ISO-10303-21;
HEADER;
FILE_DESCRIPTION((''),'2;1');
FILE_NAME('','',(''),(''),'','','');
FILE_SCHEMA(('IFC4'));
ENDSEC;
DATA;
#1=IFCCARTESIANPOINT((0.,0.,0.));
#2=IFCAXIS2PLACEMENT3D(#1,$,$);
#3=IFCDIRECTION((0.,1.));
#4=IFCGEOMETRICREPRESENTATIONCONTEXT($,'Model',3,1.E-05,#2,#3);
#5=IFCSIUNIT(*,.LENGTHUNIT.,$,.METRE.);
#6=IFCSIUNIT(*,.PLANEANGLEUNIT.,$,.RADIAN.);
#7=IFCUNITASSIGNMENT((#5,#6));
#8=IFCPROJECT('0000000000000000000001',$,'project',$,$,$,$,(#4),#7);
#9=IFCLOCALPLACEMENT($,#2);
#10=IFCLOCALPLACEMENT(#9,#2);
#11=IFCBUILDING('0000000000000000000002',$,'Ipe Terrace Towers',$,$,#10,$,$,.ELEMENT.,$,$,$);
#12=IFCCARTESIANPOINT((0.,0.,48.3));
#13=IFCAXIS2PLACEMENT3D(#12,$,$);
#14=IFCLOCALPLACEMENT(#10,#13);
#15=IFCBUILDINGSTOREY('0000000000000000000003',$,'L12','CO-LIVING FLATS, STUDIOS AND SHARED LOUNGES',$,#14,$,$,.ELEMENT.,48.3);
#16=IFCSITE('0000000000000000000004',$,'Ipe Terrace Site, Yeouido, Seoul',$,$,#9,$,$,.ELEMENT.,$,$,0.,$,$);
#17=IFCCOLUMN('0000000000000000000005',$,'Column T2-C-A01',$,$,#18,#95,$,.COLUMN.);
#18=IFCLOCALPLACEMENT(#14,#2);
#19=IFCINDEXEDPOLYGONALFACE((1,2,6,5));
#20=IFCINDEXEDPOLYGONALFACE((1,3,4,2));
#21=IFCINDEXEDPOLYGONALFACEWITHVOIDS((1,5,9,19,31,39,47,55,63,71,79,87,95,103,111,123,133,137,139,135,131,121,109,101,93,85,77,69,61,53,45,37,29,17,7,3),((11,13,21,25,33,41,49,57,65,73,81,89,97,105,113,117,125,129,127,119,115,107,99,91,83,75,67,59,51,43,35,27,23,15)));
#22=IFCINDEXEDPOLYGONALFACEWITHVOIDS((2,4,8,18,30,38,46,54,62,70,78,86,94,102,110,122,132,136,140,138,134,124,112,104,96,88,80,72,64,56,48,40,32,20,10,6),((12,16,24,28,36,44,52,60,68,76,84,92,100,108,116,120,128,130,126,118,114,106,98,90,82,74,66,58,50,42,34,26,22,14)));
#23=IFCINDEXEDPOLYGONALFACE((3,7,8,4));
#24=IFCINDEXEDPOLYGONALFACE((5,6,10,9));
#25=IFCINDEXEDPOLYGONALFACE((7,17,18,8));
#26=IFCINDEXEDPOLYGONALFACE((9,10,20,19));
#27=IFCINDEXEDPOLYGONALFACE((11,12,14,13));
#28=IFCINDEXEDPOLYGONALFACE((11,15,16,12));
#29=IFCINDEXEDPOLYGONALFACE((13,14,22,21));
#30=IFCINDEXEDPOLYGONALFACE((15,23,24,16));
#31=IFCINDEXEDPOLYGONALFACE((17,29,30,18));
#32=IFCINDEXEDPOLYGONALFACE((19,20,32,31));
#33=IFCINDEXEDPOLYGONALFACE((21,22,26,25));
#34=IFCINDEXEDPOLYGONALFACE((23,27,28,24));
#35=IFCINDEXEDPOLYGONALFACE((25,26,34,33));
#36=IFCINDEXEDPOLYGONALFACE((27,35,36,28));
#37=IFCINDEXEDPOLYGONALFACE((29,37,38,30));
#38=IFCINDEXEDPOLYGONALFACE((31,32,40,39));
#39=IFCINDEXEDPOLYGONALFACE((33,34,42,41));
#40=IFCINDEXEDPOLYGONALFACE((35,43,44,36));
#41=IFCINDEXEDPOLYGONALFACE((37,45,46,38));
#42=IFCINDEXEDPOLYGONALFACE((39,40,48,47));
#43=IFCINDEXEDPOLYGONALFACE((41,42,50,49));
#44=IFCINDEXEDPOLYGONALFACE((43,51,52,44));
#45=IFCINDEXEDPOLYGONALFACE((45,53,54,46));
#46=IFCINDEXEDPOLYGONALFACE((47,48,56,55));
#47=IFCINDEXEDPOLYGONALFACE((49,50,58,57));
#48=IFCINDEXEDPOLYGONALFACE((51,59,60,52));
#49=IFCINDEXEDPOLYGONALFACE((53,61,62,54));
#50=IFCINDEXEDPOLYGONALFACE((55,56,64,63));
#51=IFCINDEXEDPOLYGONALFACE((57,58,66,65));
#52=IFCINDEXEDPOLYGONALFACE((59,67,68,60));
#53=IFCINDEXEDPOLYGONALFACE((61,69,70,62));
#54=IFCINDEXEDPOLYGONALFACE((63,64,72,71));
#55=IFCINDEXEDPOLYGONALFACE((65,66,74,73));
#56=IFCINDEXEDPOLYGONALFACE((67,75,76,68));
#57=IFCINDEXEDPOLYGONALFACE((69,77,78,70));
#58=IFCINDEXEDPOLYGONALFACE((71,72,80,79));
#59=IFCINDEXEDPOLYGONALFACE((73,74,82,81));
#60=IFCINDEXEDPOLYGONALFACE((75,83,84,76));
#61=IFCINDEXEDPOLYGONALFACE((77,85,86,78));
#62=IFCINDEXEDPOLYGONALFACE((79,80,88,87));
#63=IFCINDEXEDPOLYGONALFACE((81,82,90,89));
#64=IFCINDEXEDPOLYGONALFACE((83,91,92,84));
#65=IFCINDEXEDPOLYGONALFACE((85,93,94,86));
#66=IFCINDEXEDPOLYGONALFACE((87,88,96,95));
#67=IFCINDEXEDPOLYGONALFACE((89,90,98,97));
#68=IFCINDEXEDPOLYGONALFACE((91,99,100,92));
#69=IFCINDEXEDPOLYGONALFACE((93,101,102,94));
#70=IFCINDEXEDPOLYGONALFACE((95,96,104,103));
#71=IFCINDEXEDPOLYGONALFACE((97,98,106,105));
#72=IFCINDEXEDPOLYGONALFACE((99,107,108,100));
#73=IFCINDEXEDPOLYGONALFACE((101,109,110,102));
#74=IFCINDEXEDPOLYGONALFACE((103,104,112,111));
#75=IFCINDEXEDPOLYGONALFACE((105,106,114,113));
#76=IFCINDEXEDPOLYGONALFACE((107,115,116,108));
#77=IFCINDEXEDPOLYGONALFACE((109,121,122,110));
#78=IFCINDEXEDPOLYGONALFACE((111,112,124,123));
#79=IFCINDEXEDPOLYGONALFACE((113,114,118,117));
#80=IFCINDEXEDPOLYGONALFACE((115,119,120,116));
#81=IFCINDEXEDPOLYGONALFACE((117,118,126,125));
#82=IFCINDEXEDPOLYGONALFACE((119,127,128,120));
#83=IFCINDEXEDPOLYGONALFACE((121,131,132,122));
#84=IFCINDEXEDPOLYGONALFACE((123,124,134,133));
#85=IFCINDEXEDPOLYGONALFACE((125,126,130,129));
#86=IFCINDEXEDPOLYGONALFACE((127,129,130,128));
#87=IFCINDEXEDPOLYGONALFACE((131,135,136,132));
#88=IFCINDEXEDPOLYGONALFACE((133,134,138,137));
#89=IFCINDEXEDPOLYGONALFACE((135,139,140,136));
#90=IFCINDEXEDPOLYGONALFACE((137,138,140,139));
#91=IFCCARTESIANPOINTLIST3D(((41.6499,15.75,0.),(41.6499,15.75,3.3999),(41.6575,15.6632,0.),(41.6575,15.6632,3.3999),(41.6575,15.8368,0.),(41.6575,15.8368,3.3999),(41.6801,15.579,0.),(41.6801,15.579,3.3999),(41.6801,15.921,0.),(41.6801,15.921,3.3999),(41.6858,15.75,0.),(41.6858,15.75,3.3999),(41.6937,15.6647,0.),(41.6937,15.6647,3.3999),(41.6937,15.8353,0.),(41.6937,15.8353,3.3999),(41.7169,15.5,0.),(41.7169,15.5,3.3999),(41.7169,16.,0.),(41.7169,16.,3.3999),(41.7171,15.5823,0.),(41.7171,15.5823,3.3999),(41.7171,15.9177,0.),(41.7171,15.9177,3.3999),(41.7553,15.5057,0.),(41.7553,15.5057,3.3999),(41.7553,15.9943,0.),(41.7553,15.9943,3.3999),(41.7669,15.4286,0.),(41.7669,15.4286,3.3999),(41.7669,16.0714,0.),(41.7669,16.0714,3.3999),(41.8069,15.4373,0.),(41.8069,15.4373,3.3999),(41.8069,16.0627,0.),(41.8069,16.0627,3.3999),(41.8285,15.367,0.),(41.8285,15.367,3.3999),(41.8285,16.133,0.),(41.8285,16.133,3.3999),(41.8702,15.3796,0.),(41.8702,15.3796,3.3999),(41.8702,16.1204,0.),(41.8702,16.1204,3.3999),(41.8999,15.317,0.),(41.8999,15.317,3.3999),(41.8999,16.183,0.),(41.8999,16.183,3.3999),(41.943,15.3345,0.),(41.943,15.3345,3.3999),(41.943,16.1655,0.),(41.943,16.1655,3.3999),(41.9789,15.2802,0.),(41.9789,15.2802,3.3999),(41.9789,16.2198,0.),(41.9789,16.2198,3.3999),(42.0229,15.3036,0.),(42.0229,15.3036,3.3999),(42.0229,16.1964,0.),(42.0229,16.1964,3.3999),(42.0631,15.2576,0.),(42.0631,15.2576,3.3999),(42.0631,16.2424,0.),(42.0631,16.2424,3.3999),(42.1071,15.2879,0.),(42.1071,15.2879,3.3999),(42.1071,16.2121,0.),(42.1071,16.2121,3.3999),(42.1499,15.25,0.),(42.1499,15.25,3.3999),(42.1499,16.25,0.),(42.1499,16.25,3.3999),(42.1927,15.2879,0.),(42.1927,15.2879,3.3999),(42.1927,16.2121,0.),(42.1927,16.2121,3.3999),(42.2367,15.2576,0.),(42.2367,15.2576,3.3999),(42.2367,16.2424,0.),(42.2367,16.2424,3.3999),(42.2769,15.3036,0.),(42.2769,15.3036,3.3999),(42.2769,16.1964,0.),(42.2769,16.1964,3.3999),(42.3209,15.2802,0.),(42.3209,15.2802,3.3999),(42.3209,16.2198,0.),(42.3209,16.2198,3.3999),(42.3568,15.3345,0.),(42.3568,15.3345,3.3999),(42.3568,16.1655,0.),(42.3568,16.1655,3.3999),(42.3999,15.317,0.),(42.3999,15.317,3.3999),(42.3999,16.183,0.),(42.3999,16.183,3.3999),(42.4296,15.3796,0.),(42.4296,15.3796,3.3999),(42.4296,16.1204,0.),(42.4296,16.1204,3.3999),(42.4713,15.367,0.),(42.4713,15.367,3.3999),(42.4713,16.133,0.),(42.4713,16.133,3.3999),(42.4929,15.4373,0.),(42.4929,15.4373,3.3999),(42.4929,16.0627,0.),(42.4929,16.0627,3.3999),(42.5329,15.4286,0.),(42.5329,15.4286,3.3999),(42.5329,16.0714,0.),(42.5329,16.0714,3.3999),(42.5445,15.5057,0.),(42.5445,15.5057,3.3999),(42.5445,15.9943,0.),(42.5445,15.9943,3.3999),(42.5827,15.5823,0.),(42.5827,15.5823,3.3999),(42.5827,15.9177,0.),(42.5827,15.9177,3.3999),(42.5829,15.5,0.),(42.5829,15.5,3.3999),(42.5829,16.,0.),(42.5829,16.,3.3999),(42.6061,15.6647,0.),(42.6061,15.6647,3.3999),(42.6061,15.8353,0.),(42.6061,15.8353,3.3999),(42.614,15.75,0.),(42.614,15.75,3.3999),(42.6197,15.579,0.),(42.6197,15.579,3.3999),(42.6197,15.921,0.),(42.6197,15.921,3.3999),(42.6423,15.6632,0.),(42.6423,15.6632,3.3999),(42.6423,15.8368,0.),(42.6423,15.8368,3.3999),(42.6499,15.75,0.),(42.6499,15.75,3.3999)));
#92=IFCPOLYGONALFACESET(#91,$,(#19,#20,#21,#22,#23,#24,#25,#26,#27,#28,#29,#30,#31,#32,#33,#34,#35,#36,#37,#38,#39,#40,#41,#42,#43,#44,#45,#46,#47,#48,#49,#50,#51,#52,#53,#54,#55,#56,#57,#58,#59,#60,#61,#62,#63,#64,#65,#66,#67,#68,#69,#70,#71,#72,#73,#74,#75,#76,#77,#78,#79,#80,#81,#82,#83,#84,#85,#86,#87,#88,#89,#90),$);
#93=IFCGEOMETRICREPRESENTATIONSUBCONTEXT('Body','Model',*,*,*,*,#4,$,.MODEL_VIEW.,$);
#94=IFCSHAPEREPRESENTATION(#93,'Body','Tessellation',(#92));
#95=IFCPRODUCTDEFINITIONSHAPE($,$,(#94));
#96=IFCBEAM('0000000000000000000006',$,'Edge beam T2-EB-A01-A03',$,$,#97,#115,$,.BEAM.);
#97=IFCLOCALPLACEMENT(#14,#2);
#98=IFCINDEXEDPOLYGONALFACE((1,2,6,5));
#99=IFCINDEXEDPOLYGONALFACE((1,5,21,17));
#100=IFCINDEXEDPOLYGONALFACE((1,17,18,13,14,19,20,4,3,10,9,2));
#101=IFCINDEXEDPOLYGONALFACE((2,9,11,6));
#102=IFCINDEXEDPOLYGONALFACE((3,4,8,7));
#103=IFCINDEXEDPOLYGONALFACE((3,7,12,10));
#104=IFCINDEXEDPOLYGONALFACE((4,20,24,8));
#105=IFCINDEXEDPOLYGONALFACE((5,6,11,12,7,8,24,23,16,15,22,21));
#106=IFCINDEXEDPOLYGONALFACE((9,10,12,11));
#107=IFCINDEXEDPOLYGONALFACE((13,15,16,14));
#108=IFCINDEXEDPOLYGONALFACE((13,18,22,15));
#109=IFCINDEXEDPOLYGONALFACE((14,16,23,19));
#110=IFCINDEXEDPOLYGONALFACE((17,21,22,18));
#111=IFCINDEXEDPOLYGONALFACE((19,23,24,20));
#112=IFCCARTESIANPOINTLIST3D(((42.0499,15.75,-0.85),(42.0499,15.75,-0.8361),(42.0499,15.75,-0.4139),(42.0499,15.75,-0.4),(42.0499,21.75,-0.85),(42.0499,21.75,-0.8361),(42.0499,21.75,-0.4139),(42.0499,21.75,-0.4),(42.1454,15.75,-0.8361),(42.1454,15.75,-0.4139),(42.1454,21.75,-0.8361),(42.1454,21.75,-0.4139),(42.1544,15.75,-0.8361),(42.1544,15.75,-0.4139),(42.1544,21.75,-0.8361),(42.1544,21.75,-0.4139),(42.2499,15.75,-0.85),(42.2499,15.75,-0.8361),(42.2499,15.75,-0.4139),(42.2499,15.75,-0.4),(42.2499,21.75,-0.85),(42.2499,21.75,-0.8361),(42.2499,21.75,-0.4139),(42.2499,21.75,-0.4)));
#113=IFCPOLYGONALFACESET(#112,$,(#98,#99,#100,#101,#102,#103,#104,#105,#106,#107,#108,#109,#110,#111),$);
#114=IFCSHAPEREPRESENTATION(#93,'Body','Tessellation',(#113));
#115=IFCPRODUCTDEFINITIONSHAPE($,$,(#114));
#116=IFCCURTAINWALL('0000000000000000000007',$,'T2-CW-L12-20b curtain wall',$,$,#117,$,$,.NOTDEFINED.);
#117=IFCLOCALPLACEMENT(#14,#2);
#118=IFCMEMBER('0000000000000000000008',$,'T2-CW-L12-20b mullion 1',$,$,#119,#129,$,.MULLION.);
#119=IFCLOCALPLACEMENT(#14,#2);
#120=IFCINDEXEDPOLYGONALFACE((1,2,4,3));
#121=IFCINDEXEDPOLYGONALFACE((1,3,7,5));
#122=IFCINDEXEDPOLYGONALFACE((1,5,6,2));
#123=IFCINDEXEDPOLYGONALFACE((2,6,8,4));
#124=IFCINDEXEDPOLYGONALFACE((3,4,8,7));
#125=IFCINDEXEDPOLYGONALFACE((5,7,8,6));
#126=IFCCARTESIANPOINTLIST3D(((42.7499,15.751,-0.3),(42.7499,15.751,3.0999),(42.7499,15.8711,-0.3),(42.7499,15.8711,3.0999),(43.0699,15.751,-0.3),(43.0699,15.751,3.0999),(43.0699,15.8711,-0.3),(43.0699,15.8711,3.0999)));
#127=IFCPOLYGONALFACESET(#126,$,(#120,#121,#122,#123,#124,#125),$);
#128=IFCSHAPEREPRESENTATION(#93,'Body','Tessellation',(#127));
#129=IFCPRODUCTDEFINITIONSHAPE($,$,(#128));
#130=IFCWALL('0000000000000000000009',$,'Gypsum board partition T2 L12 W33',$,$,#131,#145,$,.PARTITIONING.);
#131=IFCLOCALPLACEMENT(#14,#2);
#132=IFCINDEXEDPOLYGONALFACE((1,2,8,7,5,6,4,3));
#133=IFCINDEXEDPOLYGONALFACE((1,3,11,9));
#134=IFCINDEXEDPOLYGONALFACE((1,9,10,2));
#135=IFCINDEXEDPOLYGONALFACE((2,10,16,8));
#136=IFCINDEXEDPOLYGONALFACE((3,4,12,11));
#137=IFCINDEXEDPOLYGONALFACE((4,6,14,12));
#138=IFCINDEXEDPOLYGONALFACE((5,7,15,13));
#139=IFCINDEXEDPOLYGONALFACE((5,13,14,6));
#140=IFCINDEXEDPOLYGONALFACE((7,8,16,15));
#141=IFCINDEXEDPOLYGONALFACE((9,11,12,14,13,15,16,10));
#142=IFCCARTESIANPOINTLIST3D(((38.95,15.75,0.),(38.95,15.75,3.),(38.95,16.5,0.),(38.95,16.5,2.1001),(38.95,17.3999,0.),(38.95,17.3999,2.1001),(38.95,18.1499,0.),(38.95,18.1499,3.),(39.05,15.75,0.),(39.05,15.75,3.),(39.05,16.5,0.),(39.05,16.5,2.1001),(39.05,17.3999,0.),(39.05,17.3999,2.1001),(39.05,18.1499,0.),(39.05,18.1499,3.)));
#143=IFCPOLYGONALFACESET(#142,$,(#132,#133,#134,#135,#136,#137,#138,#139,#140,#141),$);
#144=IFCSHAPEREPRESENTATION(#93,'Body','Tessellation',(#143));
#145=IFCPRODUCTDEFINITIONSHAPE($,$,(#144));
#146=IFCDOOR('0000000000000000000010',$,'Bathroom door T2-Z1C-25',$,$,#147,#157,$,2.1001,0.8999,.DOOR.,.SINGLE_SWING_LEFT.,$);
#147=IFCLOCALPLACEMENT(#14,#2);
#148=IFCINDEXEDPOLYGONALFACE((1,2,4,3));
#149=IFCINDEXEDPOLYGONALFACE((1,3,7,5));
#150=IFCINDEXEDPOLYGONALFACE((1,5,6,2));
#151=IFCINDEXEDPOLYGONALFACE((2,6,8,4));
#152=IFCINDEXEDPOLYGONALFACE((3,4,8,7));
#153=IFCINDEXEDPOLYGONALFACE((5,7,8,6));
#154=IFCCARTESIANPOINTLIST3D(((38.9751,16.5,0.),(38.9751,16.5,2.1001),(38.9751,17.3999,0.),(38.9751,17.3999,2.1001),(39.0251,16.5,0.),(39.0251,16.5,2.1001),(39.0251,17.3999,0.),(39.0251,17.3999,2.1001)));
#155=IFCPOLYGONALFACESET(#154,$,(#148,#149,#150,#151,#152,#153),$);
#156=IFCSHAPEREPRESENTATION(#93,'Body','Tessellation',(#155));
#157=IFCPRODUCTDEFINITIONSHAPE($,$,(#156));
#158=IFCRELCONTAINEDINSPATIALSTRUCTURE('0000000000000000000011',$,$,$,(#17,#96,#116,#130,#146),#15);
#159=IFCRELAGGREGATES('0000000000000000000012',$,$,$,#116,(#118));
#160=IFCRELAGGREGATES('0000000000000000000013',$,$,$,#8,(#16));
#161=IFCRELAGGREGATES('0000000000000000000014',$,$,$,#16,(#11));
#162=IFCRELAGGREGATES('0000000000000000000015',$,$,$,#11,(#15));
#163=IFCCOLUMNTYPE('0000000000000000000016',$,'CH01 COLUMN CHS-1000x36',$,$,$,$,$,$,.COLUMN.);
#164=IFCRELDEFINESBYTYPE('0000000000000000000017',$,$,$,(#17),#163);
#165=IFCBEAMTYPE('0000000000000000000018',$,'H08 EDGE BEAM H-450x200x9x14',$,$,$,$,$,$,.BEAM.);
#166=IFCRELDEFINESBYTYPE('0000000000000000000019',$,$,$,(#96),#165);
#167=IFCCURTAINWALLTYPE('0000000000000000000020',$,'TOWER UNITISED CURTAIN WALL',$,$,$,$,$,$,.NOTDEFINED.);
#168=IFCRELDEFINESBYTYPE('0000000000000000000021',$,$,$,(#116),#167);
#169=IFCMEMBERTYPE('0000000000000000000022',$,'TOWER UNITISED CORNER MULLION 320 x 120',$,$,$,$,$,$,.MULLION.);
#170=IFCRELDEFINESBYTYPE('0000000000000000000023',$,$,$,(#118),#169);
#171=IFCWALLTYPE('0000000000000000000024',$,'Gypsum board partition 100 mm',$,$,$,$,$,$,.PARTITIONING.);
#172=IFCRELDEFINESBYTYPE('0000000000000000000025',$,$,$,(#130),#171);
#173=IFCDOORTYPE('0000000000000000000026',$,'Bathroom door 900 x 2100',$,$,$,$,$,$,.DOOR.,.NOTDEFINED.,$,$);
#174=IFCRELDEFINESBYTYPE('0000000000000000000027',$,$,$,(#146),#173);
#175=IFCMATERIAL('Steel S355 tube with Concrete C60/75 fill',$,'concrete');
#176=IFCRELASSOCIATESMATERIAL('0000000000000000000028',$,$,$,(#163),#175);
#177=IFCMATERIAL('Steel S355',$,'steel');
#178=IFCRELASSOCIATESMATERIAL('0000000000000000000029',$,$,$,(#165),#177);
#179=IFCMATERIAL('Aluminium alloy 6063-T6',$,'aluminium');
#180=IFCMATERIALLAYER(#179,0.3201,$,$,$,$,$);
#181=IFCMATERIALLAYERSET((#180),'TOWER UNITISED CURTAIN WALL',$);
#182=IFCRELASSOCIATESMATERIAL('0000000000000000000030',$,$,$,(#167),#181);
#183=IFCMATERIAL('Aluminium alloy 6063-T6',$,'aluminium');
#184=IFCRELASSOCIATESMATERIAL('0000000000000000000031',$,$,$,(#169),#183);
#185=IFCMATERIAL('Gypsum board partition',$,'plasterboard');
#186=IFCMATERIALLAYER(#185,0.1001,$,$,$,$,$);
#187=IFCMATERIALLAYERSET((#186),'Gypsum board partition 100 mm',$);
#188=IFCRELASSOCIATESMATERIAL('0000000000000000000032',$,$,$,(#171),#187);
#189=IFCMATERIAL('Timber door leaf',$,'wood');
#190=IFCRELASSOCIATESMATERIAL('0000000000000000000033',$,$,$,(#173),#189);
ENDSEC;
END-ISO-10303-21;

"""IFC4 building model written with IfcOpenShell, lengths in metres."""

from ifc_helpers import new_model, si_unit, direction, frame, frame_2d, origin, origin_2d, place, context, subcontext, project, spatial, rectangle, hollow_circle, i_section, extrude, material, layer, layer_set, material_profile, profile_set, type_object, element, fill, aggregate, save


model = new_model("IFC4")

# Units and contexts
model_context = context("Model", 3, precision=1e-05, world=origin(), true_north=direction((0.0, 1.0)))
body_context = subcontext(model_context, "Body", "Model", "MODEL_VIEW")
ifc_project = project(units=[si_unit("LENGTHUNIT", "METRE"), si_unit("PLANEANGLEUNIT", "RADIAN")], contexts=[model_context])

# Site, building, storey
site_placement = place(None, origin())
site = spatial("IfcSite", under=ifc_project, at=site_placement, Name="Ipe Terrace Site, Yeouido, Seoul", CompositionType="ELEMENT", RefElevation=0.0)
building_placement = place(site_placement, origin())
building = spatial("IfcBuilding", under=site, at=building_placement, Name="Ipe Terrace Towers", CompositionType="ELEMENT")
storey_placement = place(building_placement, frame((0.0, 0.0, 48.3)))
storey = spatial("IfcBuildingStorey", under=building, at=storey_placement, Name="L12", Description="CO-LIVING FLATS, STUDIOS AND SHARED LOUNGES", CompositionType="ELEMENT", Elevation=48.3)

# Column
ifc_material_1 = material(Name="Steel S355 tube with Concrete C60/75 fill", Category="concrete")
ifc_material_profile_1 = material_profile(ifc_material_1, hollow_circle(Radius=0.5, WallThickness=0.0359, at=origin_2d()), Name="CHS-1000x36")
ifc_profile_set_1 = profile_set([ifc_material_profile_1], Name="Steel S355 tube with Concrete C60/75 fill")
column_type = type_object("IfcColumnType", Name="CH01 COLUMN CHS-1000x36", PredefinedType="COLUMN", material=ifc_profile_set_1)
column_placement = place(storey_placement, frame((42.1499, 15.75, 0.0), z_axis=(0.0, 0.0, 1.0), x_axis=(1.0, 0.0, 0.0)))
element("IfcColumn", 1, at=column_placement, inside=storey, type_object=column_type, Name="Column T2-C-A01", PredefinedType="COLUMN", context=body_context, shape_type="SweptSolid", body=[
    extrude(hollow_circle(Radius=0.5, WallThickness=0.0359, at=origin_2d()), origin(), (0.0, 0.0, 1.0), 3.3999),
])

# Beam
ifc_material_2 = material(Name="Steel S355", Category="steel")
ifc_material_profile_2 = material_profile(ifc_material_2, i_section(OverallWidth=0.2, OverallDepth=0.45, WebThickness=0.009, FlangeThickness=0.0139, at=origin_2d()), Name="H-450x200x9x14")
ifc_profile_set_2 = profile_set([ifc_material_profile_2], Name="Steel S355")
beam_type = type_object("IfcBeamType", Name="H08 EDGE BEAM H-450x200x9x14", PredefinedType="BEAM", material=ifc_profile_set_2)
beam_placement = place(storey_placement, frame((42.1499, 15.75, -0.625), z_axis=(0.0, 1.0, 0.0), x_axis=(-1.0, 0.0, 0.0)))
element("IfcBeam", 2, at=beam_placement, inside=storey, type_object=beam_type, Name="Edge beam T2-EB-A01-A03", PredefinedType="BEAM", context=body_context, shape_type="SweptSolid", body=[
    extrude(i_section(OverallWidth=0.2, OverallDepth=0.45, WebThickness=0.009, FlangeThickness=0.0139, at=origin_2d()), origin(), (0.0, 0.0, 1.0), 6.0),
])

# Curtain wall, member
ifc_material_3 = material(Name="Aluminium alloy 6063-T6", Category="aluminium")
ifc_layer_1 = layer(ifc_material_3, 0.3201)
ifc_layer_set_1 = layer_set([ifc_layer_1], Name="TOWER UNITISED CURTAIN WALL")
curtain_wall_type = type_object("IfcCurtainWallType", Name="TOWER UNITISED CURTAIN WALL", PredefinedType="NOTDEFINED", material=ifc_layer_set_1)
curtain_wall_placement = place(storey_placement, origin())
curtain_wall = element("IfcCurtainWall", 3, at=curtain_wall_placement, inside=storey, type_object=curtain_wall_type, Name="T2-CW-L12-20b curtain wall", PredefinedType="NOTDEFINED")
ifc_material_4 = material(Name="Aluminium alloy 6063-T6", Category="aluminium")
ifc_material_profile_3 = material_profile(ifc_material_4, rectangle(XDim=0.3201, YDim=0.1201, at=origin_2d()), Name="TOWER UNITISED CORNER MULLION 320 x 120")
ifc_profile_set_3 = profile_set([ifc_material_profile_3], Name="Aluminium alloy 6063-T6")
member_type = type_object("IfcMemberType", Name="TOWER UNITISED CORNER MULLION 320 x 120", PredefinedType="MULLION", material=ifc_profile_set_3)
member_placement = place(storey_placement, frame((42.9099, 15.811, -0.3), z_axis=(0.0, 0.0, 1.0), x_axis=(1.0, 0.0, 0.0)))
member = element("IfcMember", 4, at=member_placement, type_object=member_type, Name="T2-CW-L12-20b mullion 1", PredefinedType="MULLION", context=body_context, shape_type="SweptSolid", body=[
    extrude(rectangle(XDim=0.3201, YDim=0.1201, at=origin_2d()), origin(), (0.0, 0.0, 1.0), 3.3999),
])
aggregate(curtain_wall, [member])

# Wall, opening, door
ifc_material_5 = material(Name="Gypsum board partition", Category="plasterboard")
ifc_layer_2 = layer(ifc_material_5, 0.1001)
ifc_layer_set_2 = layer_set([ifc_layer_2], Name="Gypsum board partition 100 mm")
wall_type_1 = type_object("IfcWallType", Name="Gypsum board partition 100 mm", PredefinedType="PARTITIONING", material=ifc_layer_set_2)
wall_1_placement = place(storey_placement, frame((39.0, 15.75, 0.0), z_axis=(0.0, 0.0, 1.0), x_axis=(0.0, 1.0, 0.0)))
wall_1 = element("IfcWall", 5, at=wall_1_placement, inside=storey, type_object=wall_type_1, Name="Gypsum board partition T2 L12 W33", PredefinedType="PARTITIONING", context=body_context, shape_type="SweptSolid", body=[
    extrude(rectangle(XDim=2.3999, YDim=0.1001, at=frame_2d((1.2, 0.0))), origin(), (0.0, 0.0, 1.0), 3.0),
])
opening_1_placement = place(wall_1_placement, frame((0.75, 0.0, 0.0)))
opening_1 = element("IfcOpeningElement", 6, at=opening_1_placement, cuts=wall_1, PredefinedType="OPENING", context=body_context, shape_type="SweptSolid", body=[
    extrude(rectangle(XDim=0.8999, YDim=2.1001, at=frame_2d((0.45, 1.05))), frame((0.0, 0.0601, 0.0), z_axis=(0.0, -1.0, 0.0), x_axis=(1.0, 0.0, 0.0)), (0.0, 0.0, 1.0), 0.1201),
])
ifc_material_6 = material(Name="Timber door leaf", Category="wood")
door_type_1 = type_object("IfcDoorType", Name="Bathroom door 900 x 2100", OperationType="NOTDEFINED", PredefinedType="DOOR", material=ifc_material_6)
door_1_placement = place(opening_1_placement, origin())
door_1 = element("IfcDoor", 7, at=door_1_placement, inside=storey, type_object=door_type_1, Name="Bathroom door T2-Z1C-25", OperationType="SINGLE_SWING_LEFT", OverallHeight=2.1001, OverallWidth=0.8999, PredefinedType="DOOR", context=body_context, shape_type="SweptSolid", body=[
    extrude(rectangle(XDim=0.8999, YDim=2.1001, at=frame_2d((0.45, 1.05))), frame((0.0, 0.0249, 0.0), z_axis=(0.0, -1.0, 0.0), x_axis=(1.0, 0.0, 0.0)), (0.0, 0.0, 1.0), 0.05),
])
fill(opening_1, door_1)

save(model, "model.ifc")
